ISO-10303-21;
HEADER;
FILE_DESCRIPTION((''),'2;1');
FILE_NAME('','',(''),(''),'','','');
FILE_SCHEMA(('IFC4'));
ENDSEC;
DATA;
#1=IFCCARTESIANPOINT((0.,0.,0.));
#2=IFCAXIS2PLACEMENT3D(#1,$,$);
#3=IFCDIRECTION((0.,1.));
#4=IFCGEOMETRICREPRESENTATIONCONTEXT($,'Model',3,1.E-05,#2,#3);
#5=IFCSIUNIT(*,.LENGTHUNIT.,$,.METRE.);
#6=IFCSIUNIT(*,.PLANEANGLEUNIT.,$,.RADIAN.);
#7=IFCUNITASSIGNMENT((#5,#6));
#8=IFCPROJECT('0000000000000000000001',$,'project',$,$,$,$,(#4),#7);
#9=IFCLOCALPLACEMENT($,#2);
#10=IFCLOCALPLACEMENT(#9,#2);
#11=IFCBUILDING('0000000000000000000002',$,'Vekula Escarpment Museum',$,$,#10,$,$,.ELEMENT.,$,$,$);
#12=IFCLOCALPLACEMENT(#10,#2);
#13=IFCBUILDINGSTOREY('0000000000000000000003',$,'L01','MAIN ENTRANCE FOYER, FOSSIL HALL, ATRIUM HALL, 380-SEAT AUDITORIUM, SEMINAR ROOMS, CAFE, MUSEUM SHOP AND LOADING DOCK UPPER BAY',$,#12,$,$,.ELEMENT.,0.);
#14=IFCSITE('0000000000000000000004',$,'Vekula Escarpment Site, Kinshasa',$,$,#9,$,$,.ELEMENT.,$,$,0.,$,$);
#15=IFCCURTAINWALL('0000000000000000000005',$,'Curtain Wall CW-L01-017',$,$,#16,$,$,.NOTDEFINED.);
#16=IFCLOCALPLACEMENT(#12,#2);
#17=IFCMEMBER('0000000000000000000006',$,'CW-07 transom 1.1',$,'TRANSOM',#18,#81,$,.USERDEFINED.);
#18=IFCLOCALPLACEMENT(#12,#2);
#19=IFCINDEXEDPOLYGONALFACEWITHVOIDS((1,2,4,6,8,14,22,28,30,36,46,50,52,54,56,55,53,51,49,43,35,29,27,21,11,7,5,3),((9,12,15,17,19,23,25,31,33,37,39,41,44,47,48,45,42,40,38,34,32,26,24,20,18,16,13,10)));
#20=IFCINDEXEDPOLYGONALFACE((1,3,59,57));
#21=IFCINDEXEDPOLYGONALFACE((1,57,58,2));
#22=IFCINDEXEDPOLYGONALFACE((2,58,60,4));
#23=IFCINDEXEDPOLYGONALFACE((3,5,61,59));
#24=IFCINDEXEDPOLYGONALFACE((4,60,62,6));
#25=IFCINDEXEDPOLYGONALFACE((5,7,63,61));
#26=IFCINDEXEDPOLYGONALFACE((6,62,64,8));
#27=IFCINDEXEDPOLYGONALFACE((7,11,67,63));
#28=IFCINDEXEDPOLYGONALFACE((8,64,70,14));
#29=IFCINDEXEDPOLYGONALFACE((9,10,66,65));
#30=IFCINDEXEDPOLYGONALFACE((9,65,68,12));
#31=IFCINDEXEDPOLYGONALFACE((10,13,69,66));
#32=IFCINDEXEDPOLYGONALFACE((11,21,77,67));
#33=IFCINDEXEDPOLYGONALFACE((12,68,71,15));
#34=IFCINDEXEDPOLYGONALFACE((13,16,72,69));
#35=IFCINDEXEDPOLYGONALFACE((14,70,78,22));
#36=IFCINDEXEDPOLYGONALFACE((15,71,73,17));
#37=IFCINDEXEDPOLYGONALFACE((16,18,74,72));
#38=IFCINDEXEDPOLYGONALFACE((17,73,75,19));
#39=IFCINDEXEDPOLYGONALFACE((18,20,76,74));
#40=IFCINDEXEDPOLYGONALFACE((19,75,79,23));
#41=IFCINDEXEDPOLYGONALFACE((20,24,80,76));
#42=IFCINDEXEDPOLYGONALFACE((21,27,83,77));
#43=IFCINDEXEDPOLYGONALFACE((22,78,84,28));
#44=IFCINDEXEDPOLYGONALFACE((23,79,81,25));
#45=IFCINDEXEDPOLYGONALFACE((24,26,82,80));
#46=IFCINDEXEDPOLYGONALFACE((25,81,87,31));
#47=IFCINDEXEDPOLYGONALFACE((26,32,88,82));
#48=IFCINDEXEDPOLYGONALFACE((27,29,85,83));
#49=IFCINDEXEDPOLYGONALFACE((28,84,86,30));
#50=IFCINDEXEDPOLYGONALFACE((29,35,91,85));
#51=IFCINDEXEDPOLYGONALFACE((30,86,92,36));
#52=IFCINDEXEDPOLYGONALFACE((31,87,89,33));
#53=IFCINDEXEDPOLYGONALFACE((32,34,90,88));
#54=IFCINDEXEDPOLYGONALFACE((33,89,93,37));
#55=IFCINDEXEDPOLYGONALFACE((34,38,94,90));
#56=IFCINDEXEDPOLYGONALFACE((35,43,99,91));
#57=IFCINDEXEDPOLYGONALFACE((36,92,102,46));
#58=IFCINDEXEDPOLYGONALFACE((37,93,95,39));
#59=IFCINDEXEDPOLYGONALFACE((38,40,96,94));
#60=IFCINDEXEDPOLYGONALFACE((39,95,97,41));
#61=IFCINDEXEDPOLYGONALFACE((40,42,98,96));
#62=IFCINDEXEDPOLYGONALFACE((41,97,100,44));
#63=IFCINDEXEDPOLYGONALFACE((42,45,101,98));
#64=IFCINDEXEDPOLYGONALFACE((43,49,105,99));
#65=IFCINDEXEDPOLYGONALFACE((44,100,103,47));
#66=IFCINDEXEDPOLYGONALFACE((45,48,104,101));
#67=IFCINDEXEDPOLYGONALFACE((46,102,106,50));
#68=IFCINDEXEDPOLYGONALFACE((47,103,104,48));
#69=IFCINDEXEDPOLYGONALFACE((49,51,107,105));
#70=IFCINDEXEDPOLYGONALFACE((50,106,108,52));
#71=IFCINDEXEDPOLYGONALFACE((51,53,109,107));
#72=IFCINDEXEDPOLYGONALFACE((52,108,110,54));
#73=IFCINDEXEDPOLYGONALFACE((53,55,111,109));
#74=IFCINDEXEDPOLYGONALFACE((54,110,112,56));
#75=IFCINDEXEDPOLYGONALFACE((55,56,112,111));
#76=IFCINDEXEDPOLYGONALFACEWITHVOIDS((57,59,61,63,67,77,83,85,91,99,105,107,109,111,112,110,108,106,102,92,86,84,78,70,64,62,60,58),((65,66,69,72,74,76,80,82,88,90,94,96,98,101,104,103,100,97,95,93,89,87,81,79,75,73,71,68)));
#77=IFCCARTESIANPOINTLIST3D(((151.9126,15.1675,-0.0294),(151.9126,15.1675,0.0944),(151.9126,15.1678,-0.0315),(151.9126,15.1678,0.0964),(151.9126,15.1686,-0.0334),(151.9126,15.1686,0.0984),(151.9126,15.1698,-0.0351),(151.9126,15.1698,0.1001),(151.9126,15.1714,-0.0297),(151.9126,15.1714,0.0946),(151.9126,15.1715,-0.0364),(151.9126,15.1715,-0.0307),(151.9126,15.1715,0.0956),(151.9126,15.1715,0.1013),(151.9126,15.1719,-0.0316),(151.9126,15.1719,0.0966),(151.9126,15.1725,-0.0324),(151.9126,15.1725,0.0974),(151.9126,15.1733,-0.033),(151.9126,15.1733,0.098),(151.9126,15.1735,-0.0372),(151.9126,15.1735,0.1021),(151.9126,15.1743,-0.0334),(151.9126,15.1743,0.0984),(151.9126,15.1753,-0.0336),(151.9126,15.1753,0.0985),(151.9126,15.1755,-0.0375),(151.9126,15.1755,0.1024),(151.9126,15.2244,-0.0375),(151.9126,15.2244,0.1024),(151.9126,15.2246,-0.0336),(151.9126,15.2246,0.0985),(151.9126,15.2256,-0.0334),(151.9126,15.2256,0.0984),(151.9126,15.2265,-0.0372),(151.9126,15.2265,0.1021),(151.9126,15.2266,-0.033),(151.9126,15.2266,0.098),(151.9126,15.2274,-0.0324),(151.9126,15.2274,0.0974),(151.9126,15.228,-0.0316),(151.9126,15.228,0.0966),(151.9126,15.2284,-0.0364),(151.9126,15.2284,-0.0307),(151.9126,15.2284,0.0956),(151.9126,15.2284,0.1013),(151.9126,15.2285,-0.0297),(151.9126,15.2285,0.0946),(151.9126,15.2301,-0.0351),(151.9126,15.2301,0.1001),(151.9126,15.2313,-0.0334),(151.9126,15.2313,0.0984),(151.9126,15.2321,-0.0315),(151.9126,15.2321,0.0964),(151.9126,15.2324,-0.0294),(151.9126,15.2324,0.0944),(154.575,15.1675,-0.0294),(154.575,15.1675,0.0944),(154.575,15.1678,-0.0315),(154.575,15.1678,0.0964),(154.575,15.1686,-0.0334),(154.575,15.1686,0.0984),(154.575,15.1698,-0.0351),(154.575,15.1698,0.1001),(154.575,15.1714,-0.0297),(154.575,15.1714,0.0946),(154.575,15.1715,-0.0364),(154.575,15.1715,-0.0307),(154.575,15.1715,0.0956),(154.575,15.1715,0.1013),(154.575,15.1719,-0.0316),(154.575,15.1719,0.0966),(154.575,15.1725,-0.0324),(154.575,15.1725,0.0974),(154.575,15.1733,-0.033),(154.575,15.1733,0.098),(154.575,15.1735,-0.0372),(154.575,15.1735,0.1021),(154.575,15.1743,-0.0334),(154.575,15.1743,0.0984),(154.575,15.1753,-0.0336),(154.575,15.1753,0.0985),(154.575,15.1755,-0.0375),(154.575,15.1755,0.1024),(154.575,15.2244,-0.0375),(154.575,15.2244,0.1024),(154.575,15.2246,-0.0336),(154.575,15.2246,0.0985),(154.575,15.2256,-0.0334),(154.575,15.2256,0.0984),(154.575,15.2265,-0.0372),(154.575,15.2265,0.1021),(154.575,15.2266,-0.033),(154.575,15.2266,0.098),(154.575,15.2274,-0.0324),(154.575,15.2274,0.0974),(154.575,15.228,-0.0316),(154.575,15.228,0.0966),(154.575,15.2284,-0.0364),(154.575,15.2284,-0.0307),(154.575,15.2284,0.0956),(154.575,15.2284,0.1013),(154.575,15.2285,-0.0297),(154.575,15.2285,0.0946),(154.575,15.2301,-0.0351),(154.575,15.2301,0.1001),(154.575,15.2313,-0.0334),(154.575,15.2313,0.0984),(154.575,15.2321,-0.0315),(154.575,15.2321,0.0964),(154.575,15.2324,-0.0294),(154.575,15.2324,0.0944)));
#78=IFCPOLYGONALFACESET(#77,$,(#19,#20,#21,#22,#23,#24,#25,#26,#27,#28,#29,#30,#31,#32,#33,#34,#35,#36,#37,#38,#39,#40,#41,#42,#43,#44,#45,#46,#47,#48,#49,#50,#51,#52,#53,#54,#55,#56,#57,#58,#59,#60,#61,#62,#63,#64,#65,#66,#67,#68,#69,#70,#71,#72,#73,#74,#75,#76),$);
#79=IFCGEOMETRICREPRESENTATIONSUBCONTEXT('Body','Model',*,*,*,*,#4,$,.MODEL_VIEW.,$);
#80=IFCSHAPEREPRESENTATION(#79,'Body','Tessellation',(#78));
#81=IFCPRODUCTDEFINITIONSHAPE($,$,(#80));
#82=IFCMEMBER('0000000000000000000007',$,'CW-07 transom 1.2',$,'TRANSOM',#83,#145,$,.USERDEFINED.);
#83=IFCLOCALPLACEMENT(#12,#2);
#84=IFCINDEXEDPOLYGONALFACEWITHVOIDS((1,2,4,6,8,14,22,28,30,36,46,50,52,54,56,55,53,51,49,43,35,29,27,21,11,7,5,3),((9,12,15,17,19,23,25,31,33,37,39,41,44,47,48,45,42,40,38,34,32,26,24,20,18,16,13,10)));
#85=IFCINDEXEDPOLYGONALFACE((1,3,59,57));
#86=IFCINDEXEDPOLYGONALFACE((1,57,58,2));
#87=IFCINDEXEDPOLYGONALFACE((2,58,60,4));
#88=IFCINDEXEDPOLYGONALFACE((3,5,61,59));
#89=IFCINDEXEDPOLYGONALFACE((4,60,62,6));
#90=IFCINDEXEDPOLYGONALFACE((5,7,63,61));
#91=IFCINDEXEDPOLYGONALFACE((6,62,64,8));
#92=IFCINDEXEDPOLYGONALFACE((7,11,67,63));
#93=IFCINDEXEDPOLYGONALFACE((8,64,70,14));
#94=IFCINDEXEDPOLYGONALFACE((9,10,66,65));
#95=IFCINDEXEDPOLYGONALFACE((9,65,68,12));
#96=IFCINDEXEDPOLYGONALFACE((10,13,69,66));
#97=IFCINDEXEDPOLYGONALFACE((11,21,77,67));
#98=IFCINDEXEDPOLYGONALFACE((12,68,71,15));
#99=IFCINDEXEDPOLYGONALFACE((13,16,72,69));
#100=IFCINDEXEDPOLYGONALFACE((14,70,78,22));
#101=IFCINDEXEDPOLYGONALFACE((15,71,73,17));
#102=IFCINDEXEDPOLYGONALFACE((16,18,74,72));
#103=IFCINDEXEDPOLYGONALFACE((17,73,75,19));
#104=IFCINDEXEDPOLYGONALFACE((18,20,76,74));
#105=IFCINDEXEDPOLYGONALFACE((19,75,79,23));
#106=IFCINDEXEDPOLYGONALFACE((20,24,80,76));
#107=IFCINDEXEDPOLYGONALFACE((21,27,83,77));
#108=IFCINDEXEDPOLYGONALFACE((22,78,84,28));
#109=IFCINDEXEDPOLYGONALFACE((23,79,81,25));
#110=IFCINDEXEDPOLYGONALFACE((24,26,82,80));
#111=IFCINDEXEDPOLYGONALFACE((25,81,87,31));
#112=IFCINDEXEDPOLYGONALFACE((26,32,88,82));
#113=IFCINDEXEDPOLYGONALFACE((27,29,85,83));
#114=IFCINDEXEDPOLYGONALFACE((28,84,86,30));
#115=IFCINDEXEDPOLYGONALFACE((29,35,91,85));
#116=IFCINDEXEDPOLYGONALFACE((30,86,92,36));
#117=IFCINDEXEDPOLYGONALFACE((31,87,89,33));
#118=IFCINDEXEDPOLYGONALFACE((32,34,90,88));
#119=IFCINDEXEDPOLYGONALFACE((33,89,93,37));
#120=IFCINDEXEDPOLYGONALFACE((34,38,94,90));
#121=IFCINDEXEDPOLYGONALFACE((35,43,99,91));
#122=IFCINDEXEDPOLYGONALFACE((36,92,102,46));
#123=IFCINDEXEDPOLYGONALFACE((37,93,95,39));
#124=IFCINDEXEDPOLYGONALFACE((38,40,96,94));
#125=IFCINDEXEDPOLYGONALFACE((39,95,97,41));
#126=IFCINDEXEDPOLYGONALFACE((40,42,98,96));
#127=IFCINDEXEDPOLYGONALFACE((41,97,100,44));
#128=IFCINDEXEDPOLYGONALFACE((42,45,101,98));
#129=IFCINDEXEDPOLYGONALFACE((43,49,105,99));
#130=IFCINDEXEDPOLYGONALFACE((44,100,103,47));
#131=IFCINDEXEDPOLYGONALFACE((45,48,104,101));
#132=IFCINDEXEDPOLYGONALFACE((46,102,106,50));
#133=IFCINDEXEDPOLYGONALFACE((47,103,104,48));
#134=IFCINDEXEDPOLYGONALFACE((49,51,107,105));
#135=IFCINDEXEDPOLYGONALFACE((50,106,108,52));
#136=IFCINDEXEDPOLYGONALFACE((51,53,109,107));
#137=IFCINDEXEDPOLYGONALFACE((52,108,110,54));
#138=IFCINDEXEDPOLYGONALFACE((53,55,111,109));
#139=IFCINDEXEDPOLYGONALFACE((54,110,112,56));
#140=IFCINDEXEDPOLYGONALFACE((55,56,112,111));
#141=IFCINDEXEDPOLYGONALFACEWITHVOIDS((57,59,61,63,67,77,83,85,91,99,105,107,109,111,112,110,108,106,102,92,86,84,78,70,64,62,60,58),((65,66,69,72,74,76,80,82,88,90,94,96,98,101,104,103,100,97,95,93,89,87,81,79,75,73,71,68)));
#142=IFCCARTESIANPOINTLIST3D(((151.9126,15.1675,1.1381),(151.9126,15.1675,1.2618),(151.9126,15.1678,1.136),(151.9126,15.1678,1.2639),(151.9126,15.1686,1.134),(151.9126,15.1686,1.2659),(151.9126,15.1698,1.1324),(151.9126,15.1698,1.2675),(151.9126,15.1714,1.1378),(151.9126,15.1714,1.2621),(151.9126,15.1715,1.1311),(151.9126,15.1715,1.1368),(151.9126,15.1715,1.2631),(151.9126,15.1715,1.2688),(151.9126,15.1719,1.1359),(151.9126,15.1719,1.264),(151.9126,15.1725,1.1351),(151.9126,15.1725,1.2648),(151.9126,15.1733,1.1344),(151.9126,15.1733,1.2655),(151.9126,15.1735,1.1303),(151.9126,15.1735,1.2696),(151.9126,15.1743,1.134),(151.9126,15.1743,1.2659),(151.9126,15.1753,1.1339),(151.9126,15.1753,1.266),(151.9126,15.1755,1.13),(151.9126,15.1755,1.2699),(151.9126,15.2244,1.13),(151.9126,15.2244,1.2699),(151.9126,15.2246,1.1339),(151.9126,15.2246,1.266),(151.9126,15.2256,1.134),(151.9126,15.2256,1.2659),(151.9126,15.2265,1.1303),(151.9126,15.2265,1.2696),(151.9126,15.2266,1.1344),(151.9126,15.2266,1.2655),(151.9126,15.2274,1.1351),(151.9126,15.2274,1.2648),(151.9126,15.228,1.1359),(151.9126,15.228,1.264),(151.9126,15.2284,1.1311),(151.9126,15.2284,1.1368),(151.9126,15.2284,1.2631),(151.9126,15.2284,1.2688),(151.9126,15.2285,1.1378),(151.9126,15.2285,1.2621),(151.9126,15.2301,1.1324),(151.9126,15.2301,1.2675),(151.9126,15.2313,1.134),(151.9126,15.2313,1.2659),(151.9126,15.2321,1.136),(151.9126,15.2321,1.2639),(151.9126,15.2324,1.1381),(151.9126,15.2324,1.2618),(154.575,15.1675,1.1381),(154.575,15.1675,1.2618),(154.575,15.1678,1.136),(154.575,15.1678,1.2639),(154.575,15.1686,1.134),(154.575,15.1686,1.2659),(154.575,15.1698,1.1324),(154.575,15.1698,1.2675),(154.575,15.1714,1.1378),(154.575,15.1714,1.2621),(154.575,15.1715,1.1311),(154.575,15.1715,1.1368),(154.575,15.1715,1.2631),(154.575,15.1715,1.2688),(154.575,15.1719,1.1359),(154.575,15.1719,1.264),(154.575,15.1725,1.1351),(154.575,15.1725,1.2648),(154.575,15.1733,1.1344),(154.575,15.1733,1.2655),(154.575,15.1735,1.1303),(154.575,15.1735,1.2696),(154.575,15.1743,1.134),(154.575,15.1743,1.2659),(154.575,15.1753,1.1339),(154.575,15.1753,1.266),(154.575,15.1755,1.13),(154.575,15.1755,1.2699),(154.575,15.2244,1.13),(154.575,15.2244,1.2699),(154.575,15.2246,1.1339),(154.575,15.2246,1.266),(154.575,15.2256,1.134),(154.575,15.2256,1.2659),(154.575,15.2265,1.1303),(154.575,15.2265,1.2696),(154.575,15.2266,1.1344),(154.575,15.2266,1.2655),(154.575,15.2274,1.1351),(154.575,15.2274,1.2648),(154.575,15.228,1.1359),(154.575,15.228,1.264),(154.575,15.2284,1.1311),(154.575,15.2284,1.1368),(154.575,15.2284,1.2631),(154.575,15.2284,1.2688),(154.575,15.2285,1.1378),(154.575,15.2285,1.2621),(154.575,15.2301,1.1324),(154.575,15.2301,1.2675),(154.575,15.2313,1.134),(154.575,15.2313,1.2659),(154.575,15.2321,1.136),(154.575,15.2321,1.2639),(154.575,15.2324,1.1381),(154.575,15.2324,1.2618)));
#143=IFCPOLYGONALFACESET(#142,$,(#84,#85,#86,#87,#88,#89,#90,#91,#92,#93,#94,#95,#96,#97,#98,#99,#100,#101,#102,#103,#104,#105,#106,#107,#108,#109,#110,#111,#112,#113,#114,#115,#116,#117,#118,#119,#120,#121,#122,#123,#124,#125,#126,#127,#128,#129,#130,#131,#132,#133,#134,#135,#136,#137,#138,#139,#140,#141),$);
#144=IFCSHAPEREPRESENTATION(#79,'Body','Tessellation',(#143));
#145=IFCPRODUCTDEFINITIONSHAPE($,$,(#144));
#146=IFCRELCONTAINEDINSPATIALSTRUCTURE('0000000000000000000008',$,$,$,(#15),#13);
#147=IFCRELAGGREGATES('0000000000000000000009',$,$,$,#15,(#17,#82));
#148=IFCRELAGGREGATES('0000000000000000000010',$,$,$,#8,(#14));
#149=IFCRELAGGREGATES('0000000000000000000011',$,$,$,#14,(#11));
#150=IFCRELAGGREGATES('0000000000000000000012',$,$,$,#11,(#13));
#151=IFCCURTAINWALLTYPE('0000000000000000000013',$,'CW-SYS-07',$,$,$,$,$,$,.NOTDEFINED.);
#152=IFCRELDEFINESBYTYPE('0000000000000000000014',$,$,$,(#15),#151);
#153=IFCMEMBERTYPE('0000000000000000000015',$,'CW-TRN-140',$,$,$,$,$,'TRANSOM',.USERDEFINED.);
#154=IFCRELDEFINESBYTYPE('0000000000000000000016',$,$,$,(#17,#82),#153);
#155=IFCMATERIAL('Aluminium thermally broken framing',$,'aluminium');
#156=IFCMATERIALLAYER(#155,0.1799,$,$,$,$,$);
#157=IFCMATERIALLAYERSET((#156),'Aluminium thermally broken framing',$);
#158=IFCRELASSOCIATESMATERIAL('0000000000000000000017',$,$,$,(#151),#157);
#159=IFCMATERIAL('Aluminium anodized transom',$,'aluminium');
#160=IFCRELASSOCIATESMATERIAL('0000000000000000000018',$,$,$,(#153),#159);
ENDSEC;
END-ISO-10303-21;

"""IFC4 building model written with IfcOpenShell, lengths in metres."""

from ifc_helpers import new_model, si_unit, direction, frame, origin, origin_2d, place, context, subcontext, project, spatial, hollow_rectangle, extrude, material, layer, layer_set, material_profile, profile_set, type_object, element, aggregate, save


model = new_model("IFC4")

# Units and contexts
model_context = context("Model", 3, precision=1e-05, world=origin(), true_north=direction((0.0, 1.0)))
body_context = subcontext(model_context, "Body", "Model", "MODEL_VIEW")
ifc_project = project(units=[si_unit("LENGTHUNIT", "METRE"), si_unit("PLANEANGLEUNIT", "RADIAN")], contexts=[model_context])

# Site, building, storey
site_placement = place(None, origin())
site = spatial("IfcSite", under=ifc_project, at=site_placement, Name="Vekula Escarpment Site, Kinshasa", CompositionType="ELEMENT", RefElevation=0.0)
building_placement = place(site_placement, origin())
building = spatial("IfcBuilding", under=site, at=building_placement, Name="Vekula Escarpment Museum", CompositionType="ELEMENT")
storey_placement = place(building_placement, origin())
storey = spatial("IfcBuildingStorey", under=building, at=storey_placement, Name="L01", Description="MAIN ENTRANCE FOYER, FOSSIL HALL, ATRIUM HALL, 380-SEAT AUDITORIUM, SEMINAR ROOMS, CAFE, MUSEUM SHOP AND LOADING DOCK UPPER BAY", CompositionType="ELEMENT", Elevation=0.0)

# Curtain wall
ifc_material_1 = material(Name="Aluminium thermally broken framing", Category="aluminium")
ifc_layer_1 = layer(ifc_material_1, 0.1799)
ifc_layer_set_1 = layer_set([ifc_layer_1], Name="Aluminium thermally broken framing")
curtain_wall_type_1 = type_object("IfcCurtainWallType", Name="CW-SYS-07", PredefinedType="NOTDEFINED", material=ifc_layer_set_1)
curtain_wall_1_placement = place(storey_placement, origin())
curtain_wall_1 = element("IfcCurtainWall", 1, at=curtain_wall_1_placement, inside=storey, type_object=curtain_wall_type_1, Name="Curtain Wall CW-L01-017", PredefinedType="NOTDEFINED")

# Members
ifc_material_2 = material(Name="Aluminium anodized transom", Category="aluminium")
ifc_material_profile_1 = material_profile(ifc_material_2, hollow_rectangle(XDim=0.0649, YDim=0.1399, WallThickness=0.0039, InnerFilletRadius=0.0039, OuterFilletRadius=0.0081, at=origin_2d()), Name="ALU 140x65x4")
ifc_profile_set_1 = profile_set([ifc_material_profile_1], Name="Aluminium anodized transom")
member_type_1 = type_object("IfcMemberType", Name="CW-TRN-140", ElementType="TRANSOM", PredefinedType="USERDEFINED", material=ifc_profile_set_1)
member_1_placement = place(storey_placement, frame((154.575, 15.2, 0.0325), z_axis=(-1.0, 0.0, 0.0), x_axis=(0.0, -1.0, 0.0)))
member_1 = element("IfcMember", 2, at=member_1_placement, type_object=member_type_1, Name="CW-07 transom 1.1", ObjectType="TRANSOM", PredefinedType="USERDEFINED", context=body_context, shape_type="SweptSolid", body=[
    extrude(hollow_rectangle(XDim=0.0649, YDim=0.1399, WallThickness=0.0039, InnerFilletRadius=0.0039, OuterFilletRadius=0.0081, at=origin_2d()), origin(), (0.0, 0.0, 1.0), 2.6624),
])
member_2_placement = place(storey_placement, frame((154.575, 15.2, 1.2), z_axis=(-1.0, 0.0, 0.0), x_axis=(0.0, -1.0, 0.0)))
member_2 = element("IfcMember", 3, at=member_2_placement, type_object=member_type_1, Name="CW-07 transom 1.2", ObjectType="TRANSOM", PredefinedType="USERDEFINED", context=body_context, shape_type="SweptSolid", body=[
    extrude(hollow_rectangle(XDim=0.0649, YDim=0.1399, WallThickness=0.0039, InnerFilletRadius=0.0039, OuterFilletRadius=0.0081, at=origin_2d()), origin(), (0.0, 0.0, 1.0), 2.6624),
])

aggregate(curtain_wall_1, [member_1, member_2])

save(model, "model.ifc")
